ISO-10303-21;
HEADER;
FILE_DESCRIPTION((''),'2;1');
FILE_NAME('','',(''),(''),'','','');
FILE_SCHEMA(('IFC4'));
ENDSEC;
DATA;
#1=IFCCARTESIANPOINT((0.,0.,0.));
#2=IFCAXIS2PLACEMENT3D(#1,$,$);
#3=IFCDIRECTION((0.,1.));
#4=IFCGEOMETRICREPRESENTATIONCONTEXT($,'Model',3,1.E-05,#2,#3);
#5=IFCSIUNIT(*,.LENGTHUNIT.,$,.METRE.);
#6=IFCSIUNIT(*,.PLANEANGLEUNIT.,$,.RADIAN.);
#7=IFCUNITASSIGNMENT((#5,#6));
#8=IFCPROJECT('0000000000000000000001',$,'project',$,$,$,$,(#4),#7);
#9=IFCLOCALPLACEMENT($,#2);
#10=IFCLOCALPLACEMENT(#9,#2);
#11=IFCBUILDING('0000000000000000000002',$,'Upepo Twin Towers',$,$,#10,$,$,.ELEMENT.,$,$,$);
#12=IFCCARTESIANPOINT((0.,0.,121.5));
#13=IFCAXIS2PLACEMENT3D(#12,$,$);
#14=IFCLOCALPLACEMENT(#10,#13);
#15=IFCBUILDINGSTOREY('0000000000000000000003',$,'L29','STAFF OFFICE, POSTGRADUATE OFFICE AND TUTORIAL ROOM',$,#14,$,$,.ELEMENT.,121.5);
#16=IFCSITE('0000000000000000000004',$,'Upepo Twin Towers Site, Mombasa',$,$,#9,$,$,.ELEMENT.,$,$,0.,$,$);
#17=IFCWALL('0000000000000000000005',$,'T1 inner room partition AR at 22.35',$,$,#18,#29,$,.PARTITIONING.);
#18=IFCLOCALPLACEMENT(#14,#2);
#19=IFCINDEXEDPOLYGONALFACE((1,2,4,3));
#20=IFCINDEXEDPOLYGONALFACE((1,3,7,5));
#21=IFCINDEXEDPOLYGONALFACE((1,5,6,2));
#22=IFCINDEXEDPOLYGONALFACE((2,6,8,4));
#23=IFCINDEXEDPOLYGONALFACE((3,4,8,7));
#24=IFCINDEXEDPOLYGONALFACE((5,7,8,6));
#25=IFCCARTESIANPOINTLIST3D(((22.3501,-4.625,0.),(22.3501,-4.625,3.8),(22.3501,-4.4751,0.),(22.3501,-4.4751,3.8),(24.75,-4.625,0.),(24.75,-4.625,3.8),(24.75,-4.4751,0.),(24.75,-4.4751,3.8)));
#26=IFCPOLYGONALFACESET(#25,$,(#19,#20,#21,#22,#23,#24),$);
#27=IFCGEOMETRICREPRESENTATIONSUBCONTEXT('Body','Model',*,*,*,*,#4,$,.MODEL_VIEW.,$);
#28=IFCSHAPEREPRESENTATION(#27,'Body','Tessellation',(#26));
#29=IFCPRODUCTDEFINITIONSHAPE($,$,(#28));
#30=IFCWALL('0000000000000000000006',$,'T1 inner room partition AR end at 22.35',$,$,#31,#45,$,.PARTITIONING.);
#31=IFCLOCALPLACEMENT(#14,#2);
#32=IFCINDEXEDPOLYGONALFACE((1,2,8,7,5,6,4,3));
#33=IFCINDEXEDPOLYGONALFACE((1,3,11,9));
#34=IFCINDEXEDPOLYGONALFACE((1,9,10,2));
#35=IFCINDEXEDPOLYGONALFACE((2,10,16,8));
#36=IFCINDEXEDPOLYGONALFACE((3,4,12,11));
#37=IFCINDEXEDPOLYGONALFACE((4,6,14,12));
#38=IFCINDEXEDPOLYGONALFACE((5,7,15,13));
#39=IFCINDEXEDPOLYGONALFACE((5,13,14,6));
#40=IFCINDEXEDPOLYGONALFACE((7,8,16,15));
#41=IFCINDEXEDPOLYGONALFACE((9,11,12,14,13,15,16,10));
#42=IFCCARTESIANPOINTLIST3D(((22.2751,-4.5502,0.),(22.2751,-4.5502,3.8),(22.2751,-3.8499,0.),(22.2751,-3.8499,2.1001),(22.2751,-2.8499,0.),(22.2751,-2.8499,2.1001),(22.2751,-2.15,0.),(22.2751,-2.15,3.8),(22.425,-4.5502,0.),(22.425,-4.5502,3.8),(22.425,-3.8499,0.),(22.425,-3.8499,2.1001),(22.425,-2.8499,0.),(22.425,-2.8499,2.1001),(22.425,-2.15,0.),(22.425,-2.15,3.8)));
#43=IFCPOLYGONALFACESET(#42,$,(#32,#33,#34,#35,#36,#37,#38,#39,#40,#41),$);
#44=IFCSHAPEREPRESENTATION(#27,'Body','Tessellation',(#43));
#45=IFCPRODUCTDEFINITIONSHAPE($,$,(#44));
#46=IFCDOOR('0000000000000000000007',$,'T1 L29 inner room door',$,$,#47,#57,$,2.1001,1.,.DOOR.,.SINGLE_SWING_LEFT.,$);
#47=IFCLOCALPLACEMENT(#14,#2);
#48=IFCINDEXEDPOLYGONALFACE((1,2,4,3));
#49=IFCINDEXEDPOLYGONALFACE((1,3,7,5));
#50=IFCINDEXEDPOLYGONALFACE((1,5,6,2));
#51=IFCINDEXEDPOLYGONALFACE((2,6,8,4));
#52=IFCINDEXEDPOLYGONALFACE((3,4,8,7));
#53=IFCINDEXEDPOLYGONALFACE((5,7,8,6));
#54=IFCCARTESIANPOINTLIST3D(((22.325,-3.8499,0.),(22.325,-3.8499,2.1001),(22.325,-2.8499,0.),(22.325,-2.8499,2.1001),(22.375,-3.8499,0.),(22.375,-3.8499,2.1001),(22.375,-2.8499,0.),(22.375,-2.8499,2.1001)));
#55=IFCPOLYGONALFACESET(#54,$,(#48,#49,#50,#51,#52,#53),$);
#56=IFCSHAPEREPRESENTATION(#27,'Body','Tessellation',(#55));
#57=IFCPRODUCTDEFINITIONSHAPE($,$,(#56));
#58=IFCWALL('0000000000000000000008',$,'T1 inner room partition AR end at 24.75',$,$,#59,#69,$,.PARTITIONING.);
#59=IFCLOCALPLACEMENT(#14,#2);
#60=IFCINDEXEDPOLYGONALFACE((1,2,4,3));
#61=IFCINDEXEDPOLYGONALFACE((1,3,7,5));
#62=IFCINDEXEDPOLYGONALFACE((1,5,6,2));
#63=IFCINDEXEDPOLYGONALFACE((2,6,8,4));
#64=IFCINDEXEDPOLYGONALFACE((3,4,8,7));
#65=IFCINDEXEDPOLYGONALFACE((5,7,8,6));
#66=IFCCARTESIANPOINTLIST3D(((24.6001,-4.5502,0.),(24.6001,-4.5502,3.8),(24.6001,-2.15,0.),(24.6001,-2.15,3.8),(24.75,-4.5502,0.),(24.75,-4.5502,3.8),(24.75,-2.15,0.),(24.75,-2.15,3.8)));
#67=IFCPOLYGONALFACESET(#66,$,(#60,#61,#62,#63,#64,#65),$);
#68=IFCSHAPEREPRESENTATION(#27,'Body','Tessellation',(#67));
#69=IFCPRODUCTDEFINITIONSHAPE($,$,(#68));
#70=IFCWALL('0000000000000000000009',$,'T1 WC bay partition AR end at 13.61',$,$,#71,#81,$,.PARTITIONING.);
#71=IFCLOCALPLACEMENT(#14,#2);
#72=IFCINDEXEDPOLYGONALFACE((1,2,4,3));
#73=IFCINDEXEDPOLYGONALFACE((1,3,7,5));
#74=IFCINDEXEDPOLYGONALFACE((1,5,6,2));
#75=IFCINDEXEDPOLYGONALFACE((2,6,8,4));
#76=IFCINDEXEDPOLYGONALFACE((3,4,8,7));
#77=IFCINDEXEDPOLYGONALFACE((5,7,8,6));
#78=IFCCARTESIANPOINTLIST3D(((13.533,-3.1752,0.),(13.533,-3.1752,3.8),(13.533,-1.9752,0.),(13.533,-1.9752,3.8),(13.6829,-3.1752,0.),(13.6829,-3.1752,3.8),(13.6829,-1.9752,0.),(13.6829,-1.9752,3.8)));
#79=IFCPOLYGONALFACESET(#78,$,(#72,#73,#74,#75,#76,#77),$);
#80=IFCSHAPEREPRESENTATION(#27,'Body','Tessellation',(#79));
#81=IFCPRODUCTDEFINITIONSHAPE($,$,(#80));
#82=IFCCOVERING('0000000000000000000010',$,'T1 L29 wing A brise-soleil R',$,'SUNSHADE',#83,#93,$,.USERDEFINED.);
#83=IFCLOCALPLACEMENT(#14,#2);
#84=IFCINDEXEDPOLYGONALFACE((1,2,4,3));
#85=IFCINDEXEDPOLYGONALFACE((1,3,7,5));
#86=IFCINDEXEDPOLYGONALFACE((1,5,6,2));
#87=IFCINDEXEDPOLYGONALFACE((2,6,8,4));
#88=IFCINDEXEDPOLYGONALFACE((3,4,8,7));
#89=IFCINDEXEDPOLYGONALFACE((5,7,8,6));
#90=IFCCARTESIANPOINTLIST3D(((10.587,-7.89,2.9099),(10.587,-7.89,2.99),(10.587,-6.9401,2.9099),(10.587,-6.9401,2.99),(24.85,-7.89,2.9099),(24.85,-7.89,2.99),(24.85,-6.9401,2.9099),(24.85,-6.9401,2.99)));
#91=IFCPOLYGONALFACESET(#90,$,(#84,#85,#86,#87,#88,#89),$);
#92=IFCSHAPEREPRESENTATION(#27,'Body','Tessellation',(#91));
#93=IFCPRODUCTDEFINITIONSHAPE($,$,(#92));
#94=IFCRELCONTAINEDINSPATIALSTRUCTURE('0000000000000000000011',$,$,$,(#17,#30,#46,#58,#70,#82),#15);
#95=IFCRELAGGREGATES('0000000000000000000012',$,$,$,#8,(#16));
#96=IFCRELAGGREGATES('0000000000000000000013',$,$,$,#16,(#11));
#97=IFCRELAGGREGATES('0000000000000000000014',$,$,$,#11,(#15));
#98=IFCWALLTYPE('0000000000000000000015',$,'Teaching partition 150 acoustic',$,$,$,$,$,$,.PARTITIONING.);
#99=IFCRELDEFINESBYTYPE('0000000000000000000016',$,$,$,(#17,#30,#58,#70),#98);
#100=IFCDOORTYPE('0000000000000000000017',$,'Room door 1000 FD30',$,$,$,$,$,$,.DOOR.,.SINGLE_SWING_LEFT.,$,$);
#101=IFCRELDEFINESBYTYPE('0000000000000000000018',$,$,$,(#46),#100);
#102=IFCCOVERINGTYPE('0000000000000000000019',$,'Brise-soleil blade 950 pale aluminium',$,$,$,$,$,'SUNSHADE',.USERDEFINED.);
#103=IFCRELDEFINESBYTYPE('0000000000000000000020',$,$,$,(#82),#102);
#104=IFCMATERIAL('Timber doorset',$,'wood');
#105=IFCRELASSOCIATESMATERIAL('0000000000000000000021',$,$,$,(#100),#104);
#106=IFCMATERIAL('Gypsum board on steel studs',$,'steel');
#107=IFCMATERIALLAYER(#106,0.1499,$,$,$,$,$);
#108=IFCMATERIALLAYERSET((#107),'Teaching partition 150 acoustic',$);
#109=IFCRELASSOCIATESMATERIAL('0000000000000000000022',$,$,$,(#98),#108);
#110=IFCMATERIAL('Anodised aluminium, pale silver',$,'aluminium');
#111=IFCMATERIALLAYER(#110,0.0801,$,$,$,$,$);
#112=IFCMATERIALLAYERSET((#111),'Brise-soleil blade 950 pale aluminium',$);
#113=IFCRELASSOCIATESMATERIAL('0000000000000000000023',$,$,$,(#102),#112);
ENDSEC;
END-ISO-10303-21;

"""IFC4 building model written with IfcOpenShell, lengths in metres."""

from ifc_helpers import new_model, si_unit, direction, frame, frame_2d, origin, origin_2d, place, context, subcontext, project, spatial, rectangle, extrude, material, layer, layer_set, type_object, element, fill, save


model = new_model("IFC4")

# Units and contexts
model_context = context("Model", 3, precision=1e-05, world=origin(), true_north=direction((0.0, 1.0)))
body_context = subcontext(model_context, "Body", "Model", "MODEL_VIEW")
ifc_project = project(units=[si_unit("LENGTHUNIT", "METRE"), si_unit("PLANEANGLEUNIT", "RADIAN")], contexts=[model_context])

# Site, building, storey
site_placement = place(None, origin())
site = spatial("IfcSite", under=ifc_project, at=site_placement, Name="Upepo Twin Towers Site, Mombasa", CompositionType="ELEMENT", RefElevation=0.0)
building_placement = place(site_placement, origin())
building = spatial("IfcBuilding", under=site, at=building_placement, Name="Upepo Twin Towers", CompositionType="ELEMENT")
storey_placement = place(building_placement, frame((0.0, 0.0, 121.5)))
storey = spatial("IfcBuildingStorey", under=building, at=storey_placement, Name="L29", Description="STAFF OFFICE, POSTGRADUATE OFFICE AND TUTORIAL ROOM", CompositionType="ELEMENT", Elevation=121.5)

# Shared definitions
ifc_material_1 = material(Name="Timber doorset", Category="wood")
door_type_1 = type_object("IfcDoorType", Name="Room door 1000 FD30", OperationType="SINGLE_SWING_LEFT", PredefinedType="DOOR", material=ifc_material_1)

# Wall
ifc_material_2 = material(Name="Gypsum board on steel studs", Category="steel")
ifc_layer_1 = layer(ifc_material_2, 0.1499)
ifc_layer_set_1 = layer_set([ifc_layer_1], Name="Teaching partition 150 acoustic")
wall_type_1 = type_object("IfcWallType", Name="Teaching partition 150 acoustic", PredefinedType="PARTITIONING", material=ifc_layer_set_1)
wall_1_placement = place(storey_placement, frame((22.3501, -4.55, 0.0), z_axis=(0.0, 0.0, 1.0), x_axis=(1.0, 0.0, 0.0)))
element("IfcWall", 1, at=wall_1_placement, inside=storey, type_object=wall_type_1, Name="T1 inner room partition AR at 22.35", PredefinedType="PARTITIONING", context=body_context, shape_type="SweptSolid", body=[
    extrude(rectangle(XDim=2.3999, YDim=0.1499, at=frame_2d((1.2, 0.0))), origin(), (0.0, 0.0, 1.0), 3.8),
])

# Wall, opening, door
wall_2_placement = place(storey_placement, frame((22.3501, -2.1499, 0.0), z_axis=(0.0, 0.0, 1.0), x_axis=(0.0, -1.0, 0.0)))
wall_2 = element("IfcWall", 2, at=wall_2_placement, inside=storey, type_object=wall_type_1, Name="T1 inner room partition AR end at 22.35", PredefinedType="PARTITIONING", context=body_context, shape_type="SweptSolid", body=[
    extrude(rectangle(XDim=2.4001, YDim=0.1499, at=frame_2d((1.2002, 0.0))), origin(), (0.0, 0.0, 1.0), 3.8),
])
opening_1_placement = place(wall_2_placement, frame((0.7, 0.0, 0.0)))
opening_1 = element("IfcOpeningElement", 3, at=opening_1_placement, cuts=wall_2, PredefinedType="OPENING", context=body_context, shape_type="SweptSolid", body=[
    extrude(rectangle(XDim=1.0, YDim=2.1001, at=frame_2d((0.5, 1.05))), frame((0.0, 0.085, 0.0), z_axis=(0.0, -1.0, 0.0), x_axis=(1.0, 0.0, 0.0)), (0.0, 0.0, 1.0), 0.1699),
])
door_1_placement = place(opening_1_placement, origin())
door_1 = element("IfcDoor", 4, at=door_1_placement, inside=storey, type_object=door_type_1, Name="T1 L29 inner room door", OperationType="SINGLE_SWING_LEFT", OverallHeight=2.1001, OverallWidth=1.0, PredefinedType="DOOR", context=body_context, shape_type="SweptSolid", body=[
    extrude(rectangle(XDim=1.0, YDim=2.1001, at=frame_2d((0.5, 1.05))), frame((0.0, 0.0249, 0.0), z_axis=(0.0, -1.0, 0.0), x_axis=(1.0, 0.0, 0.0)), (0.0, 0.0, 1.0), 0.05),
])
fill(opening_1, door_1)

# Walls
wall_3_placement = place(storey_placement, frame((24.675, -2.1499, 0.0), z_axis=(0.0, 0.0, 1.0), x_axis=(0.0, -1.0, 0.0)))
element("IfcWall", 5, at=wall_3_placement, inside=storey, type_object=wall_type_1, Name="T1 inner room partition AR end at 24.75", PredefinedType="PARTITIONING", context=body_context, shape_type="SweptSolid", body=[
    extrude(rectangle(XDim=2.4001, YDim=0.1499, at=frame_2d((1.2002, 0.0))), origin(), (0.0, 0.0, 1.0), 3.8),
])
wall_4_placement = place(storey_placement, frame((13.6079, -1.9751, 0.0), z_axis=(0.0, 0.0, 1.0), x_axis=(0.0, -1.0, 0.0)))
element("IfcWall", 6, at=wall_4_placement, inside=storey, type_object=wall_type_1, Name="T1 WC bay partition AR end at 13.61", PredefinedType="PARTITIONING", context=body_context, shape_type="SweptSolid", body=[
    extrude(rectangle(XDim=1.2, YDim=0.1499, at=frame_2d((0.6001, 0.0))), origin(), (0.0, 0.0, 1.0), 3.8),
])

# Covering
ifc_material_3 = material(Name="Anodised aluminium, pale silver", Category="aluminium")
ifc_layer_2 = layer(ifc_material_3, 0.0801)
ifc_layer_set_2 = layer_set([ifc_layer_2], Name="Brise-soleil blade 950 pale aluminium")
covering_type = type_object("IfcCoveringType", Name="Brise-soleil blade 950 pale aluminium", ElementType="SUNSHADE", PredefinedType="USERDEFINED", material=ifc_layer_set_2)
covering_placement = place(storey_placement, frame((17.7185, -7.415, 2.9099), z_axis=(0.0, 0.0, 1.0), x_axis=(1.0, 0.0, 0.0)))
element("IfcCovering", 7, at=covering_placement, inside=storey, type_object=covering_type, Name="T1 L29 wing A brise-soleil R", ObjectType="SUNSHADE", PredefinedType="USERDEFINED", context=body_context, shape_type="SweptSolid", body=[
    extrude(rectangle(XDim=14.2629, YDim=0.95, at=origin_2d()), origin(), (0.0, 0.0, 1.0), 0.0801),
])

save(model, "model.ifc")
